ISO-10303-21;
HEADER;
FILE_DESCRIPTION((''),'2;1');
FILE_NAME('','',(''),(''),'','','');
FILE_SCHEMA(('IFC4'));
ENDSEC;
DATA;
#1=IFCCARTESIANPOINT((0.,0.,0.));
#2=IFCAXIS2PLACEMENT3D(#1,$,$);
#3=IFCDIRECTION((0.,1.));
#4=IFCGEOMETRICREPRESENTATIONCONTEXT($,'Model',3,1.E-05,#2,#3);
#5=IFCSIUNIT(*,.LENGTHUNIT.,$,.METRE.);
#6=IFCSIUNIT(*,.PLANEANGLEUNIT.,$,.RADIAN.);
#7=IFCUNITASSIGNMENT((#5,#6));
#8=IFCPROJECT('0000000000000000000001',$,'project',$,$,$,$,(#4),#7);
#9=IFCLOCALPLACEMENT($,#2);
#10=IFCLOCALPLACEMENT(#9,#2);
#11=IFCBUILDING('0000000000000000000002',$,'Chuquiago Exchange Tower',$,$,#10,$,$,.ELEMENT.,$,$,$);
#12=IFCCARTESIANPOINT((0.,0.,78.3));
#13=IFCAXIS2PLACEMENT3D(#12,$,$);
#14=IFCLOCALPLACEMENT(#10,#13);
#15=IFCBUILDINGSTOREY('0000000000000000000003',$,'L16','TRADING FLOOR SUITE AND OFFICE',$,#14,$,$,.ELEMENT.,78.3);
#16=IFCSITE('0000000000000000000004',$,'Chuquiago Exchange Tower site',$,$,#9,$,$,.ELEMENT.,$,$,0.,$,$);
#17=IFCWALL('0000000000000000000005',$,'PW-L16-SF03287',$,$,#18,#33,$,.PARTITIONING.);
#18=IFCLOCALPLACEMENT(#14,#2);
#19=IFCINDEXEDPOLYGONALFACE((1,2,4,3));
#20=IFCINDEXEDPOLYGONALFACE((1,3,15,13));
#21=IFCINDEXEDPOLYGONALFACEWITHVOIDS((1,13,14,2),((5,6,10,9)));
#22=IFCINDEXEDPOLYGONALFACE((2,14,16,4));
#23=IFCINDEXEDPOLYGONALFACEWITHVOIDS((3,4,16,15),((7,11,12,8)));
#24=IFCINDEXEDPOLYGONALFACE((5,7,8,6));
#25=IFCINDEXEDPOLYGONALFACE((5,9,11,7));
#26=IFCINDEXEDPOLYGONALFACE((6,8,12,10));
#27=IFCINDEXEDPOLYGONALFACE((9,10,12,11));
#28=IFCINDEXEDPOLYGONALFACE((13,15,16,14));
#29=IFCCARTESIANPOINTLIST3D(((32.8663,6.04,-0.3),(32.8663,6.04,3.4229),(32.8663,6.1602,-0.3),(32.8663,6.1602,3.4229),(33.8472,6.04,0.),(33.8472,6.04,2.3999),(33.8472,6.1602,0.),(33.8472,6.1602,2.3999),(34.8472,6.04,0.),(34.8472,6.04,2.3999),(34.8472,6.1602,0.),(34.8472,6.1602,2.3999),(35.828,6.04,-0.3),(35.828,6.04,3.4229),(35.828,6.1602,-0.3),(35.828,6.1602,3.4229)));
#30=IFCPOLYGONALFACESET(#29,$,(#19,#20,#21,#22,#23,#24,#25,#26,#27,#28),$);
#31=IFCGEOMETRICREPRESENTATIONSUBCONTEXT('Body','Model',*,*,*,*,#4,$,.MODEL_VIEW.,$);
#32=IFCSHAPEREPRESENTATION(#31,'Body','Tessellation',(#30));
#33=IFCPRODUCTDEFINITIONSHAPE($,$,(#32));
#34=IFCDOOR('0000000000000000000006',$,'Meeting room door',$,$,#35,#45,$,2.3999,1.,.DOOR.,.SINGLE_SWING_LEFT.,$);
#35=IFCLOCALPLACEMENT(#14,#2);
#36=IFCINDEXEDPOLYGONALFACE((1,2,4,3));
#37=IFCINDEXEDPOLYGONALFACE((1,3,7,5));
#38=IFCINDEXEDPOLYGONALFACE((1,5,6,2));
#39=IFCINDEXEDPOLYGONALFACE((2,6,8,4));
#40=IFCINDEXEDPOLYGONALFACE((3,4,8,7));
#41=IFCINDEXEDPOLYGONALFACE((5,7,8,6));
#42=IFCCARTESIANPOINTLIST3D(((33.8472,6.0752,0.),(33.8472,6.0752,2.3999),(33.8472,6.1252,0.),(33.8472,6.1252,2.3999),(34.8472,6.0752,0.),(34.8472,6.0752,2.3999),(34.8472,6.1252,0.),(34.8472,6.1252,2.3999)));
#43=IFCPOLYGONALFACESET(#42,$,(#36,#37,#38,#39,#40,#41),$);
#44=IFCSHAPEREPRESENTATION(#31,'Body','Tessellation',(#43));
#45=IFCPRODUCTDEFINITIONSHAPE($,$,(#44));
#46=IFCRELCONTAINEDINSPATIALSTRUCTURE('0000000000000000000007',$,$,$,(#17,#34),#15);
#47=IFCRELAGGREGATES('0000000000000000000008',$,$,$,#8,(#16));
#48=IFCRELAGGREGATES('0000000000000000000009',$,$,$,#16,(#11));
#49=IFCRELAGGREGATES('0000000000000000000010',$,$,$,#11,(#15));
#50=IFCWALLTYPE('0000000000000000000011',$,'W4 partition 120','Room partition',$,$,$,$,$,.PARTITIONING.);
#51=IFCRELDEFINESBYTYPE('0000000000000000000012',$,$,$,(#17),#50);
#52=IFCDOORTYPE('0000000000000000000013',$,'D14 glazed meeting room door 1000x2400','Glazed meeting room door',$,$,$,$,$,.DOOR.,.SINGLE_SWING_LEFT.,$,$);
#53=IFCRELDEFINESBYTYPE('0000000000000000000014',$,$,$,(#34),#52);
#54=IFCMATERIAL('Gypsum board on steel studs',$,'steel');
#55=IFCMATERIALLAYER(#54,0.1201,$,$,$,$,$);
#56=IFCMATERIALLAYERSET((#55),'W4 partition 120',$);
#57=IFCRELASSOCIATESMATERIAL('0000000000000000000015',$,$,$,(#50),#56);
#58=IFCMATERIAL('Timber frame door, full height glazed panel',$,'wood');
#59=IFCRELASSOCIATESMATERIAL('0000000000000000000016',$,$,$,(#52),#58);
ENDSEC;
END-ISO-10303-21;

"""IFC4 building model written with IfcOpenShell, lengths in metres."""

from ifc_helpers import new_model, si_unit, direction, frame, frame_2d, origin, place, context, subcontext, project, spatial, rectangle, extrude, material, layer, layer_set, type_object, element, fill, save


model = new_model("IFC4")

# Units and contexts
model_context = context("Model", 3, precision=1e-05, world=origin(), true_north=direction((0.0, 1.0)))
body_context = subcontext(model_context, "Body", "Model", "MODEL_VIEW")
ifc_project = project(units=[si_unit("LENGTHUNIT", "METRE"), si_unit("PLANEANGLEUNIT", "RADIAN")], contexts=[model_context])

# Site, building, storey
site_placement = place(None, origin())
site = spatial("IfcSite", under=ifc_project, at=site_placement, Name="Chuquiago Exchange Tower site", CompositionType="ELEMENT", RefElevation=0.0)
building_placement = place(site_placement, origin())
building = spatial("IfcBuilding", under=site, at=building_placement, Name="Chuquiago Exchange Tower", CompositionType="ELEMENT")
storey_placement = place(building_placement, frame((0.0, 0.0, 78.3)))
storey = spatial("IfcBuildingStorey", under=building, at=storey_placement, Name="L16", Description="TRADING FLOOR SUITE AND OFFICE", CompositionType="ELEMENT", Elevation=78.3)

# Wall, opening, door
ifc_material_1 = material(Name="Gypsum board on steel studs", Category="steel")
ifc_layer_1 = layer(ifc_material_1, 0.1201)
ifc_layer_set_1 = layer_set([ifc_layer_1], Name="W4 partition 120")
wall_type_1 = type_object("IfcWallType", Name="W4 partition 120", Description="Room partition", PredefinedType="PARTITIONING", material=ifc_layer_set_1)
wall_1_placement = place(storey_placement, frame((32.8662, 6.1001, -0.3), z_axis=(0.0, 0.0, 1.0), x_axis=(1.0, 0.0, 0.0)))
wall_1 = element("IfcWall", 1, at=wall_1_placement, inside=storey, type_object=wall_type_1, Name="PW-L16-SF03287", PredefinedType="PARTITIONING", context=body_context, shape_type="SweptSolid", body=[
    extrude(rectangle(XDim=2.9617, YDim=0.1201, at=frame_2d((1.481, 0.0))), origin(), (0.0, 0.0, 1.0), 3.7229),
])
opening_placement = place(wall_1_placement, frame((0.981, 0.0, 0.3)))
opening = element("IfcOpeningElement", 2, at=opening_placement, cuts=wall_1, PredefinedType="OPENING", context=body_context, shape_type="SweptSolid", body=[
    extrude(rectangle(XDim=1.0, YDim=2.3999, at=frame_2d((0.5, 1.2))), frame((0.0, 0.0701, 0.0), z_axis=(0.0, -1.0, 0.0), x_axis=(1.0, 0.0, 0.0)), (0.0, 0.0, 1.0), 0.1401),
])
ifc_material_2 = material(Name="Timber frame door, full height glazed panel", Category="wood")
door_type = type_object("IfcDoorType", Name="D14 glazed meeting room door 1000x2400", Description="Glazed meeting room door", OperationType="SINGLE_SWING_LEFT", PredefinedType="DOOR", material=ifc_material_2)
door_placement = place(opening_placement, frame((1.0, 0.0, 0.0), z_axis=(0.0, 0.0, 1.0), x_axis=(-1.0, 0.0, 0.0)))
door = element("IfcDoor", 3, at=door_placement, inside=storey, type_object=door_type, Name="Meeting room door", OperationType="SINGLE_SWING_LEFT", OverallHeight=2.3999, OverallWidth=1.0, PredefinedType="DOOR", context=body_context, shape_type="SweptSolid", body=[
    extrude(rectangle(XDim=1.0, YDim=2.3999, at=frame_2d((0.5, 1.2))), frame((0.0, 0.0249, 0.0), z_axis=(0.0, -1.0, 0.0), x_axis=(1.0, 0.0, 0.0)), (0.0, 0.0, 1.0), 0.05),
])
fill(opening, door)

save(model, "model.ifc")
